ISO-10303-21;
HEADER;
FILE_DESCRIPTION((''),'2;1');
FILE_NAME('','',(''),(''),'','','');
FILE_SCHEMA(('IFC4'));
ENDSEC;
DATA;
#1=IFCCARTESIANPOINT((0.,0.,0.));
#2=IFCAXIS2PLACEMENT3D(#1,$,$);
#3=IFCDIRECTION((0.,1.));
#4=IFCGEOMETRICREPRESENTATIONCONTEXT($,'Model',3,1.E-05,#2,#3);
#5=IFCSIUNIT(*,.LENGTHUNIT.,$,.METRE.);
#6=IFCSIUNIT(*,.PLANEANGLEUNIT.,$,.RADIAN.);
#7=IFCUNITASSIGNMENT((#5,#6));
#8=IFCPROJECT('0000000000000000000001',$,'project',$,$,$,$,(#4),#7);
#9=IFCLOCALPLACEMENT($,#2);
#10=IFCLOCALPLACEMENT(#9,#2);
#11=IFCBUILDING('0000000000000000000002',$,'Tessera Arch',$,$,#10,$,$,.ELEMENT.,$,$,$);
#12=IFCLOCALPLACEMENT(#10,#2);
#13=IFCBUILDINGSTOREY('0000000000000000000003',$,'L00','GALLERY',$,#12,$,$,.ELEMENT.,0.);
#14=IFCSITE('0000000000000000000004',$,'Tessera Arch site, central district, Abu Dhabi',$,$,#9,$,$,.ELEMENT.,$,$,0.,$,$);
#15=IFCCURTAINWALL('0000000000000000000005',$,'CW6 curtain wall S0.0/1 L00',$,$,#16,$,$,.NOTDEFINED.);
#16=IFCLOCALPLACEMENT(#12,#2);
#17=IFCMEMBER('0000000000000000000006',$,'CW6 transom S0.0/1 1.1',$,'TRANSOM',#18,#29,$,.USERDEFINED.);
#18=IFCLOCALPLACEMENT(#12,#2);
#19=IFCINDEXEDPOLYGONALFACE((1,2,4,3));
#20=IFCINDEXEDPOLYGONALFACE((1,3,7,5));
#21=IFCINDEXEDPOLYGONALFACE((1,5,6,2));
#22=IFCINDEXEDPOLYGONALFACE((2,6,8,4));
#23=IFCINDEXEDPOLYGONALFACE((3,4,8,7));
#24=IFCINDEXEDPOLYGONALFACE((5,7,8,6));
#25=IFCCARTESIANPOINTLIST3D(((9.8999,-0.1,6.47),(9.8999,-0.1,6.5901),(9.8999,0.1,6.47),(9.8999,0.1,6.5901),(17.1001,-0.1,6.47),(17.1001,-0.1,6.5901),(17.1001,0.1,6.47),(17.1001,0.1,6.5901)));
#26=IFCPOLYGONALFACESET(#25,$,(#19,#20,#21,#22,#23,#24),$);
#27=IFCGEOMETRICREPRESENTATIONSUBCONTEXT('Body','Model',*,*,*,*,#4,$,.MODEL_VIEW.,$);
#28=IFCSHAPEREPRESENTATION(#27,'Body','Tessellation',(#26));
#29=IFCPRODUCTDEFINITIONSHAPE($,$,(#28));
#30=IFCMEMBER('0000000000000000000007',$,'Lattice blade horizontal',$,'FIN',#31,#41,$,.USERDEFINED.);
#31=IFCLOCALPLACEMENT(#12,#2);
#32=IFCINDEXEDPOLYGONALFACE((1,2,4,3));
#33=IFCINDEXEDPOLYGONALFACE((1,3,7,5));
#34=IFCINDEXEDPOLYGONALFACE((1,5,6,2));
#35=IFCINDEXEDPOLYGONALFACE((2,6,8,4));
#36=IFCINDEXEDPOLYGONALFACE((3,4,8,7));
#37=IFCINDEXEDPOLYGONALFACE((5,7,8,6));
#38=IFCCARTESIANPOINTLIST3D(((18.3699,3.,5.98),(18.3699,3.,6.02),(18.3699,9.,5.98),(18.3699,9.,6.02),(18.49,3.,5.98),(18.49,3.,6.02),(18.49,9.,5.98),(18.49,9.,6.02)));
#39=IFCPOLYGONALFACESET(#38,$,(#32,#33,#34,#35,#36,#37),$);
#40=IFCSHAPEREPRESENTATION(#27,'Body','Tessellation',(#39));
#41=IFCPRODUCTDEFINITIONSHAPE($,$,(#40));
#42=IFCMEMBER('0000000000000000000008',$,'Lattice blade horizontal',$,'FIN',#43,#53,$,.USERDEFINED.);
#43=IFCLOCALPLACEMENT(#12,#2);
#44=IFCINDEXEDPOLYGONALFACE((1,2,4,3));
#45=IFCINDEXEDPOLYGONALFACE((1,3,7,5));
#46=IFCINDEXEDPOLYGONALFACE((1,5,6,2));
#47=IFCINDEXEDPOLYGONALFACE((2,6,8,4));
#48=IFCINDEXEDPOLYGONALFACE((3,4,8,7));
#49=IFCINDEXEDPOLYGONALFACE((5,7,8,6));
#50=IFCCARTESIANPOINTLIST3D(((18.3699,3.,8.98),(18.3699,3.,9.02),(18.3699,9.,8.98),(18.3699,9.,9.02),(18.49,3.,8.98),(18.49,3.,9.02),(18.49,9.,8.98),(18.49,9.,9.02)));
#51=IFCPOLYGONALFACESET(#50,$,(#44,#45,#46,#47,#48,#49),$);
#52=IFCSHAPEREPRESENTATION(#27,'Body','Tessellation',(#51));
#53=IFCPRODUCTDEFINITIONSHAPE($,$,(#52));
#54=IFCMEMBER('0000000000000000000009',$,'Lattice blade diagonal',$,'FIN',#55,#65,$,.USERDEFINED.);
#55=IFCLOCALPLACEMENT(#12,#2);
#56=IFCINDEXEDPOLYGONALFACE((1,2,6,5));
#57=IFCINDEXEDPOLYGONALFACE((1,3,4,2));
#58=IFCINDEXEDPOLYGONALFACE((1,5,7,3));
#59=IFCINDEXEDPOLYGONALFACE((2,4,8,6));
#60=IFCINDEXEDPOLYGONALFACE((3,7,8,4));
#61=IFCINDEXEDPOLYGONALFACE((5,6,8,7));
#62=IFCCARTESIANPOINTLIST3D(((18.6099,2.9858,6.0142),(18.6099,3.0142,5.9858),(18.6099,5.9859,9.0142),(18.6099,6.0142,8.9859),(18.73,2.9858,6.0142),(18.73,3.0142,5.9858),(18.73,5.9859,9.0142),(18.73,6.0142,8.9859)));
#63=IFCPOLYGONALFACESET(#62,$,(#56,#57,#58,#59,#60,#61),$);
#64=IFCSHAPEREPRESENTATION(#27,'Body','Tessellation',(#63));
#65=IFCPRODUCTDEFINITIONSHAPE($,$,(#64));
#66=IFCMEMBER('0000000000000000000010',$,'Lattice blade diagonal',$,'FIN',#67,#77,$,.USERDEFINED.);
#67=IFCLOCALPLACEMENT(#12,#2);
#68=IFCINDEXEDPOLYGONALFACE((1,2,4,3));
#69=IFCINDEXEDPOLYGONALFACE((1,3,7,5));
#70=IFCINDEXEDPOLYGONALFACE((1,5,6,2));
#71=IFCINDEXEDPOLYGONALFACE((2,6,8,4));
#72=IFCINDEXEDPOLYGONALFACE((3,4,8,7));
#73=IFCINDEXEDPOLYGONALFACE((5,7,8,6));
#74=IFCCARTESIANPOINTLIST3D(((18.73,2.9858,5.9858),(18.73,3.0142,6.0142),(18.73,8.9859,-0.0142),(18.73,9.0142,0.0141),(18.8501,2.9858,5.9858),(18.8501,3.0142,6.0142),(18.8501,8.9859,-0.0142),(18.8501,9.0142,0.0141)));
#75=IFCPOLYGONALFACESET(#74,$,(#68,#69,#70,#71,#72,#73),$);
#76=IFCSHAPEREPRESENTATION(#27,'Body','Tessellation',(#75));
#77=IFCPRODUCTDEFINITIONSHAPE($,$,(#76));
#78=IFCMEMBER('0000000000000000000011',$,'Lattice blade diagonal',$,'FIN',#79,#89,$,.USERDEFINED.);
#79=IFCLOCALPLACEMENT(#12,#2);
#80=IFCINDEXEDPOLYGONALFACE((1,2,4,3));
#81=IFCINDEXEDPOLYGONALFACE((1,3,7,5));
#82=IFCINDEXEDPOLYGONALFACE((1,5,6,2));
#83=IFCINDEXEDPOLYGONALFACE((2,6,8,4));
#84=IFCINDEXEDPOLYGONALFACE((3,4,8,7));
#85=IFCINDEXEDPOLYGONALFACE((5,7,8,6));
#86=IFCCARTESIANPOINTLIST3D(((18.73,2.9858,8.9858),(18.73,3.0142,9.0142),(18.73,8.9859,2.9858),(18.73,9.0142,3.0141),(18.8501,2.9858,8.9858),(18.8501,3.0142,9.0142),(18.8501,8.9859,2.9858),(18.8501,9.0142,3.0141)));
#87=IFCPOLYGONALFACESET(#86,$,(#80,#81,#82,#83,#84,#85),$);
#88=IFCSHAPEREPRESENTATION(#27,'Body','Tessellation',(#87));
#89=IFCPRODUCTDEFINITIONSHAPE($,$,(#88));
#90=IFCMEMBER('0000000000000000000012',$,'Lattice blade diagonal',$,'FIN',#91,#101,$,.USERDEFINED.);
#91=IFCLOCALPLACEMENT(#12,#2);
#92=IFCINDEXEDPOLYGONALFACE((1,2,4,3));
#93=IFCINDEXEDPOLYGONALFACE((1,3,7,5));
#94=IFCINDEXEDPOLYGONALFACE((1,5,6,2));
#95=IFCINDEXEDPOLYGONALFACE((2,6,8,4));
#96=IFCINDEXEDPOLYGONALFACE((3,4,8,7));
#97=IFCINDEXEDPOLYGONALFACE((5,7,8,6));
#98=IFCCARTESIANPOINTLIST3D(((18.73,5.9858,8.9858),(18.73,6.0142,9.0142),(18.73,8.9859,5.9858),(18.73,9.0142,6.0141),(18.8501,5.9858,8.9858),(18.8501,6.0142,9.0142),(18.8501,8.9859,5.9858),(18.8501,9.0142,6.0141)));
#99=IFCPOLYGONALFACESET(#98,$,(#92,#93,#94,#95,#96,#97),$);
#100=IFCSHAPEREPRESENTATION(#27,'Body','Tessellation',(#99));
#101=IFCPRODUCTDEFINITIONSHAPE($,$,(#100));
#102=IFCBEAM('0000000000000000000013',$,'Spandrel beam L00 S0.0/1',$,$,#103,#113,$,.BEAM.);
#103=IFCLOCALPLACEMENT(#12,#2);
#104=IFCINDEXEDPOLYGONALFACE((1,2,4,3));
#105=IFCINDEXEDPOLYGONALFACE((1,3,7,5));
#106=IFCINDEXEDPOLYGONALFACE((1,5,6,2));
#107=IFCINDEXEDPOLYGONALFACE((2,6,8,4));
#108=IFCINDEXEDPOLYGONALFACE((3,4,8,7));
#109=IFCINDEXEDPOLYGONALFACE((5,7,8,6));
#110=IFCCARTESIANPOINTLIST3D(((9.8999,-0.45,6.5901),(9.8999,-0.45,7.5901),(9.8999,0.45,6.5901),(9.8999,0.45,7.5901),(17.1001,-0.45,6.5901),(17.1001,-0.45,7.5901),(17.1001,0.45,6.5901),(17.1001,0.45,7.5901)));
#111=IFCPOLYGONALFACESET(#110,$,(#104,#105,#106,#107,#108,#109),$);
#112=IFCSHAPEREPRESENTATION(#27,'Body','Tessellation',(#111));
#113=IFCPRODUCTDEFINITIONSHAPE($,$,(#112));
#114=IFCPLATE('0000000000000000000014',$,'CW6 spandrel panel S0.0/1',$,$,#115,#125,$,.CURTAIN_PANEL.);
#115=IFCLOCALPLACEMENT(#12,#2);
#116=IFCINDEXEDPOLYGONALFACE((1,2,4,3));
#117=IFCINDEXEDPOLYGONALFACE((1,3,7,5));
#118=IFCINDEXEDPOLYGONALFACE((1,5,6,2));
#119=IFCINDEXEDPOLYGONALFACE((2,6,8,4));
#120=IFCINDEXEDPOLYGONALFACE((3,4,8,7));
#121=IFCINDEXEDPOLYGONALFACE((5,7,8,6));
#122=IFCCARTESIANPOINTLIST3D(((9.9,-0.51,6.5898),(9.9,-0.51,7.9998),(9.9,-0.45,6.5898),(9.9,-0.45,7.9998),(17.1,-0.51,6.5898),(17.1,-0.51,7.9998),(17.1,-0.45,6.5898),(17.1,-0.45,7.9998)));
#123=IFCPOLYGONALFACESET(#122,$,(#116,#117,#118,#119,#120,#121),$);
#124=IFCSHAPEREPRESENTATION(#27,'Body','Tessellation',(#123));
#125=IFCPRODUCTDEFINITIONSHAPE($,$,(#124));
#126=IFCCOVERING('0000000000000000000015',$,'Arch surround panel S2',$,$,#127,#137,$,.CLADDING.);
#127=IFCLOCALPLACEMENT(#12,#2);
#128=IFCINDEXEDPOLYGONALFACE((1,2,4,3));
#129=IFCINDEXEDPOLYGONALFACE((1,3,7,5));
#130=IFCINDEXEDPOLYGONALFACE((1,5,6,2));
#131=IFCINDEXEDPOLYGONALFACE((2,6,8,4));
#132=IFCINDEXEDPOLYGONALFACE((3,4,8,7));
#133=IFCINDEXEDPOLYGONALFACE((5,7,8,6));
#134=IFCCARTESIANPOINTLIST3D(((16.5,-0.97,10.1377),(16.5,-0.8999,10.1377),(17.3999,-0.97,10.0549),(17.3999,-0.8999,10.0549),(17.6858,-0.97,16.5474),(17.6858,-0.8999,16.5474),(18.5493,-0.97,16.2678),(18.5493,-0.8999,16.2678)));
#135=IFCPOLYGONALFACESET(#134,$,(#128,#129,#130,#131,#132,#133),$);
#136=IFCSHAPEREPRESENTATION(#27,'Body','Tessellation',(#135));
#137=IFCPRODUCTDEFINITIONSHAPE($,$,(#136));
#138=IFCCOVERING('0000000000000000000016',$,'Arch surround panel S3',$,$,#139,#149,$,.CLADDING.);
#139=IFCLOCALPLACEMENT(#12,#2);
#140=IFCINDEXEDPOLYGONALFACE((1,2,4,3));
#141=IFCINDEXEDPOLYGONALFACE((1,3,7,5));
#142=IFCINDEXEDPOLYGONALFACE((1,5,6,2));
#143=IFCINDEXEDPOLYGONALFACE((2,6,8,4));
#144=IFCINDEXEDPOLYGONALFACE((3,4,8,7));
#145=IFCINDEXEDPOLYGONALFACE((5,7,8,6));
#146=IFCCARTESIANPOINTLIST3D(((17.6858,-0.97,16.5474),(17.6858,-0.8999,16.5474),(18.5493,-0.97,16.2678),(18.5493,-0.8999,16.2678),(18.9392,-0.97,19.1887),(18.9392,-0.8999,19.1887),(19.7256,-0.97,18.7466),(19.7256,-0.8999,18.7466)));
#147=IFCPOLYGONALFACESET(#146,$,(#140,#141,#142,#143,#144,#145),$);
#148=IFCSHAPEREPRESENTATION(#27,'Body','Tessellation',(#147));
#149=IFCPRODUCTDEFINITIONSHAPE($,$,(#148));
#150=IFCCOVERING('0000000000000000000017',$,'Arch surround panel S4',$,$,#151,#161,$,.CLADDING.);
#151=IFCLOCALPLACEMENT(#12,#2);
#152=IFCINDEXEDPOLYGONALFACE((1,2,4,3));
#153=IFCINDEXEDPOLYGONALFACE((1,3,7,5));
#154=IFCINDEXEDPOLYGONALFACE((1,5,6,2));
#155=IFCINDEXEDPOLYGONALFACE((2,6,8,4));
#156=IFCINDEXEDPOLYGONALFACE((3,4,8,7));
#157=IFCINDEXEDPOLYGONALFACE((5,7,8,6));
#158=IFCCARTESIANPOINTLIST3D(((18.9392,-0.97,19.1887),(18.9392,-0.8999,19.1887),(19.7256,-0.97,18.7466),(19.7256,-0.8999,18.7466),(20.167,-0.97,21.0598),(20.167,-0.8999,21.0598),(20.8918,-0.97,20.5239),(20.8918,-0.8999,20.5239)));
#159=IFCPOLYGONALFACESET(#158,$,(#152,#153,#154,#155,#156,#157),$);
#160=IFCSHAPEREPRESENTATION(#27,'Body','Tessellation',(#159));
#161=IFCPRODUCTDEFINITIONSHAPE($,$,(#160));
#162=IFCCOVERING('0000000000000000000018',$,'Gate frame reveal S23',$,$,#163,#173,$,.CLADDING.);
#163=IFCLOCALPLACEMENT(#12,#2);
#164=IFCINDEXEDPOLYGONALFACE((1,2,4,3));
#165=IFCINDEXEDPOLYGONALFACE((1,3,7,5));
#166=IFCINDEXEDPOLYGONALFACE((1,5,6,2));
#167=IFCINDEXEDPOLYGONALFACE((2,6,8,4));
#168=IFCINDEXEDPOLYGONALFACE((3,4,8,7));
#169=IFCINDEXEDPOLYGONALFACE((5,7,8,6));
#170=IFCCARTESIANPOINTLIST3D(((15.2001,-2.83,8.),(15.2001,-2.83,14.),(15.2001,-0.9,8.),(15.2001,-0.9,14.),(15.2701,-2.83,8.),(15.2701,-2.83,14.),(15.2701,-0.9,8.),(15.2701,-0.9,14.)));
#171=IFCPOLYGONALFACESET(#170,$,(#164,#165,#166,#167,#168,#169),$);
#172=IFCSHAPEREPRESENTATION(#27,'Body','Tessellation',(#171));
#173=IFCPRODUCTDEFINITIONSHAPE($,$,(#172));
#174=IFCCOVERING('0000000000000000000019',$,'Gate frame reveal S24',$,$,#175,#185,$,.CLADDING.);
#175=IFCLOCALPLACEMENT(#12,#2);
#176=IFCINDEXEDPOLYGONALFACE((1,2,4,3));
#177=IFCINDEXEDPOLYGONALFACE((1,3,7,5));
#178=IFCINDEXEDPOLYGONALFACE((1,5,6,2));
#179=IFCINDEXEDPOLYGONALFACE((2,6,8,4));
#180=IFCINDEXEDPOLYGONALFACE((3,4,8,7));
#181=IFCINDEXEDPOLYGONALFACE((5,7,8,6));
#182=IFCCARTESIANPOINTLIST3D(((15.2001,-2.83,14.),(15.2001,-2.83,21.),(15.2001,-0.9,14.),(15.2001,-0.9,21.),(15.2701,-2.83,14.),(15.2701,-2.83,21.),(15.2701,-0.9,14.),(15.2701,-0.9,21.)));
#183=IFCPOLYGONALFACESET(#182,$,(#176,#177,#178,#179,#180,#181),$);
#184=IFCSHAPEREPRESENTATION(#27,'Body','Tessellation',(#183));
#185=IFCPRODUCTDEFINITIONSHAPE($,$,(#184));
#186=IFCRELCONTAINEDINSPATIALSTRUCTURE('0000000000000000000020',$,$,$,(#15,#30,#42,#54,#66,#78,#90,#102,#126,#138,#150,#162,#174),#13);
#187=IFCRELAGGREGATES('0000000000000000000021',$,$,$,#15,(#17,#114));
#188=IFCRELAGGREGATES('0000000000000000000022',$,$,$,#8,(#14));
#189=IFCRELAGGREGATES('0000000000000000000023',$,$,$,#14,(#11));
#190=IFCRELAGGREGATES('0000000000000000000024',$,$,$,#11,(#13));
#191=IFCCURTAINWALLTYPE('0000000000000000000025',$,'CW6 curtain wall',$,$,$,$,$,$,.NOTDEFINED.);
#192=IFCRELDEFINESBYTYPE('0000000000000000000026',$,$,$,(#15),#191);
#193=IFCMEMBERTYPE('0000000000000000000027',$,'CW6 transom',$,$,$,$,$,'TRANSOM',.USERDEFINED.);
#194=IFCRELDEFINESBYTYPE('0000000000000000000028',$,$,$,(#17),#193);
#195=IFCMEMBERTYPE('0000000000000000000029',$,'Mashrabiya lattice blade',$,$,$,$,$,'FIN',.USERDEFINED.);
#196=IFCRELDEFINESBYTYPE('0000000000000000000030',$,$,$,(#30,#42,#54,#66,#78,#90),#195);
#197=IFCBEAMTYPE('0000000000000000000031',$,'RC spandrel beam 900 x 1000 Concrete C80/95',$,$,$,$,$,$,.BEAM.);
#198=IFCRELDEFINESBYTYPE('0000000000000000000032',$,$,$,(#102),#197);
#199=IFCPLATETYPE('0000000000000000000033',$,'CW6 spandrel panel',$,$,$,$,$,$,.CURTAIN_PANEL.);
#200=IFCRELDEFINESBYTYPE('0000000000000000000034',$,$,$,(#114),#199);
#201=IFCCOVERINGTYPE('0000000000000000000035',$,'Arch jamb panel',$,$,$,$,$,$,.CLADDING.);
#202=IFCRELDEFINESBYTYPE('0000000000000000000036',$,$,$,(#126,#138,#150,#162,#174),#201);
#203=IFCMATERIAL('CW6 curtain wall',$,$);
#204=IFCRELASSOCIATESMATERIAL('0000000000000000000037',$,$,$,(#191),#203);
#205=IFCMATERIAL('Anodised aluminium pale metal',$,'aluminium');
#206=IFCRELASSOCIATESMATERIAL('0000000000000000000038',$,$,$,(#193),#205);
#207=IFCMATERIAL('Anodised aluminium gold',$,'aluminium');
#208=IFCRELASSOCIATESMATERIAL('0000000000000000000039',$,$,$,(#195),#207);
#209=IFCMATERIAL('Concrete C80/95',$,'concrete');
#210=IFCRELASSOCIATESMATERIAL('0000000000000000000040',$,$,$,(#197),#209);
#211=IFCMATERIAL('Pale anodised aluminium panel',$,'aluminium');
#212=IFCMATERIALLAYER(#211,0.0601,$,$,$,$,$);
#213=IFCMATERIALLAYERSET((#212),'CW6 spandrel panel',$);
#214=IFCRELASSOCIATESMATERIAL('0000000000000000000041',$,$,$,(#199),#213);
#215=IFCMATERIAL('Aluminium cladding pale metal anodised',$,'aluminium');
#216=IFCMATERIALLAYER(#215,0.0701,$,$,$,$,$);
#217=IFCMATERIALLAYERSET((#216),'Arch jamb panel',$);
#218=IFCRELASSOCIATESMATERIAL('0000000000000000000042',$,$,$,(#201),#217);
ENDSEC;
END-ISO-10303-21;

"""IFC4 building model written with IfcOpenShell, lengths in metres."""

from ifc_helpers import new_model, si_unit, direction, frame, origin, origin_2d, place, context, subcontext, project, spatial, polyline, rectangle, outline, extrude, material, layer, layer_set, material_profile, profile_set, type_object, element, aggregate, save


model = new_model("IFC4")

# Units and contexts
model_context = context("Model", 3, precision=1e-05, world=origin(), true_north=direction((0.0, 1.0)))
body_context = subcontext(model_context, "Body", "Model", "MODEL_VIEW")
ifc_project = project(units=[si_unit("LENGTHUNIT", "METRE"), si_unit("PLANEANGLEUNIT", "RADIAN")], contexts=[model_context])

# Site, building, storey
site_placement = place(None, origin())
site = spatial("IfcSite", under=ifc_project, at=site_placement, Name="Tessera Arch site, central district, Abu Dhabi", CompositionType="ELEMENT", RefElevation=0.0)
building_placement = place(site_placement, origin())
building = spatial("IfcBuilding", under=site, at=building_placement, Name="Tessera Arch", CompositionType="ELEMENT")
storey_placement = place(building_placement, origin())
storey = spatial("IfcBuildingStorey", under=building, at=storey_placement, Name="L00", Description="GALLERY", CompositionType="ELEMENT", Elevation=0.0)

# Curtain wall, member
ifc_material_1 = material(Name="CW6 curtain wall")
curtain_wall_type = type_object("IfcCurtainWallType", Name="CW6 curtain wall", PredefinedType="NOTDEFINED", material=ifc_material_1)
curtain_wall_placement = place(storey_placement, origin())
curtain_wall = element("IfcCurtainWall", 1, at=curtain_wall_placement, inside=storey, type_object=curtain_wall_type, Name="CW6 curtain wall S0.0/1 L00", PredefinedType="NOTDEFINED")
ifc_material_2 = material(Name="Anodised aluminium pale metal", Category="aluminium")
ifc_material_profile_1 = material_profile(ifc_material_2, rectangle(XDim=0.2, YDim=0.1201, at=origin_2d()), Name="AL 200x120")
ifc_profile_set_1 = profile_set([ifc_material_profile_1], Name="Anodised aluminium pale metal")
member_type_1 = type_object("IfcMemberType", Name="CW6 transom", ElementType="TRANSOM", PredefinedType="USERDEFINED", material=ifc_profile_set_1)
member_1_placement = place(storey_placement, frame((9.8999, 0.0, 6.53), z_axis=(1.0, 0.0, 0.0), x_axis=(0.0, 1.0, 0.0)))
member_1 = element("IfcMember", 2, at=member_1_placement, type_object=member_type_1, Name="CW6 transom S0.0/1 1.1", ObjectType="TRANSOM", PredefinedType="USERDEFINED", context=body_context, shape_type="SweptSolid", body=[
    extrude(rectangle(XDim=0.2, YDim=0.1201, at=origin_2d()), origin(), (0.0, 0.0, 1.0), 7.2002),
])

# Members
ifc_material_3 = material(Name="Anodised aluminium gold", Category="aluminium")
ifc_material_profile_2 = material_profile(ifc_material_3, rectangle(XDim=0.1201, YDim=0.04, at=origin_2d()), Name="AL 40x120")
ifc_profile_set_2 = profile_set([ifc_material_profile_2], Name="Anodised aluminium gold")
member_type_2 = type_object("IfcMemberType", Name="Mashrabiya lattice blade", ElementType="FIN", PredefinedType="USERDEFINED", material=ifc_profile_set_2)
for number, where, z_axis, x_axis, name in (
    (3, (18.4299, 3.0, 6.0), (0.0, 1.0, 0.0), (-1.0, 0.0, 0.0), "Lattice blade horizontal"),
    (4, (18.4299, 3.0, 9.0), (0.0, 1.0, 0.0), (-1.0, 0.0, 0.0), "Lattice blade horizontal"),
):
    element("IfcMember", number, at=place(storey_placement, frame(where, z_axis=z_axis, x_axis=x_axis)), inside=storey, type_object=member_type_2, Name=name, ObjectType="FIN", PredefinedType="USERDEFINED", context=body_context, shape_type="SweptSolid", body=[
        extrude(rectangle(XDim=0.1201, YDim=0.04, at=origin_2d()), origin(), (0.0, 0.0, 1.0), 6.0),
    ])
member_2_placement = place(storey_placement, frame((18.6699, 3.0, 6.0), z_axis=(0.0, 0.707107, 0.707107), x_axis=(-1.0, 0.0, 0.0)))
element("IfcMember", 5, at=member_2_placement, inside=storey, type_object=member_type_2, Name="Lattice blade diagonal", ObjectType="FIN", PredefinedType="USERDEFINED", context=body_context, shape_type="SweptSolid", body=[
    extrude(rectangle(XDim=0.1201, YDim=0.04, at=origin_2d()), origin(), (0.0, 0.0, 1.0), 4.2427),
])
for number, where, z_axis, x_axis, name in (
    (6, (18.79, 3.0, 6.0), (0.0, 0.707107, -0.707107), (-1.0, 0.0, 0.0), "Lattice blade diagonal"),
    (7, (18.79, 3.0, 9.0), (0.0, 0.707107, -0.707107), (-1.0, 0.0, 0.0), "Lattice blade diagonal"),
):
    element("IfcMember", number, at=place(storey_placement, frame(where, z_axis=z_axis, x_axis=x_axis)), inside=storey, type_object=member_type_2, Name=name, ObjectType="FIN", PredefinedType="USERDEFINED", context=body_context, shape_type="SweptSolid", body=[
        extrude(rectangle(XDim=0.1201, YDim=0.04, at=origin_2d()), origin(), (0.0, 0.0, 1.0), 8.4854),
    ])
member_3_placement = place(storey_placement, frame((18.79, 6.0, 9.0), z_axis=(0.0, 0.707107, -0.707107), x_axis=(-1.0, 0.0, 0.0)))
element("IfcMember", 8, at=member_3_placement, inside=storey, type_object=member_type_2, Name="Lattice blade diagonal", ObjectType="FIN", PredefinedType="USERDEFINED", context=body_context, shape_type="SweptSolid", body=[
    extrude(rectangle(XDim=0.1201, YDim=0.04, at=origin_2d()), origin(), (0.0, 0.0, 1.0), 4.2427),
])

# Beam
ifc_material_4 = material(Name="Concrete C80/95", Category="concrete")
ifc_material_profile_3 = material_profile(ifc_material_4, rectangle(XDim=0.8999, YDim=1.0, at=origin_2d()), Name="RC spandrel beam 900 x 1000 Concrete C80/95")
ifc_profile_set_3 = profile_set([ifc_material_profile_3], Name="Concrete C80/95")
beam_type = type_object("IfcBeamType", Name="RC spandrel beam 900 x 1000 Concrete C80/95", PredefinedType="BEAM", material=ifc_profile_set_3)
beam_placement = place(storey_placement, frame((9.8999, 0.0, 7.0901), z_axis=(1.0, 0.0, 0.0), x_axis=(0.0, 1.0, 0.0)))
element("IfcBeam", 9, at=beam_placement, inside=storey, type_object=beam_type, Name="Spandrel beam L00 S0.0/1", PredefinedType="BEAM", context=body_context, shape_type="SweptSolid", body=[
    extrude(rectangle(XDim=0.8999, YDim=1.0, at=origin_2d()), origin(), (0.0, 0.0, 1.0), 7.2002),
])

# Plate
ifc_material_5 = material(Name="Pale anodised aluminium panel", Category="aluminium")
ifc_layer_1 = layer(ifc_material_5, 0.0601)
ifc_layer_set_1 = layer_set([ifc_layer_1], Name="CW6 spandrel panel")
plate_type = type_object("IfcPlateType", Name="CW6 spandrel panel", PredefinedType="CURTAIN_PANEL", material=ifc_layer_set_1)
plate_placement = place(storey_placement, frame((13.5, -0.48, 6.5898), z_axis=(0.0, 0.0, 1.0), x_axis=(1.0, 0.0, 0.0)))
plate = element("IfcPlate", 10, at=plate_placement, type_object=plate_type, Name="CW6 spandrel panel S0.0/1", PredefinedType="CURTAIN_PANEL", context=body_context, shape_type="SweptSolid", body=[
    extrude(rectangle(XDim=7.2, YDim=0.0601, at=origin_2d()), origin(), (0.0, 0.0, 1.0), 1.4099),
])
aggregate(curtain_wall, [member_1, plate])

# Coverings
ifc_material_6 = material(Name="Aluminium cladding pale metal anodised", Category="aluminium")
ifc_layer_2 = layer(ifc_material_6, 0.0701)
ifc_layer_set_2 = layer_set([ifc_layer_2], Name="Arch jamb panel")
covering_type = type_object("IfcCoveringType", Name="Arch jamb panel", PredefinedType="CLADDING", material=ifc_layer_set_2)
covering_1_placement = place(storey_placement, frame((16.5, -0.8999, 10.1377), z_axis=(0.0, 1.0, 0.0), x_axis=(0.181914, 0.0, 0.983315)))
element("IfcCovering", 11, at=covering_1_placement, inside=storey, type_object=covering_type, Name="Arch surround panel S2", PredefinedType="CLADDING", context=body_context, shape_type="SweptSolid", body=[
    extrude(outline(polyline([(0.0, 0.0), (6.5184, 0.0), (6.4006, 0.9), (0.0823, 0.8999), (0.0, 0.0)])), origin(), (0.0, 0.0, -1.0), 0.0701),
])
covering_2_placement = place(storey_placement, frame((17.6858, -0.8999, 16.5474), z_axis=(0.0, 1.0, 0.0), x_axis=(0.428714, 0.0, 0.90344)))
element("IfcCovering", 12, at=covering_2_placement, inside=storey, type_object=covering_type, Name="Arch surround panel S3", PredefinedType="CLADDING", context=body_context, shape_type="SweptSolid", body=[
    extrude(outline(polyline([(0.0, 0.0), (2.9237, 0.0), (2.8614, 0.9), (0.1177, 0.9), (0.0, 0.0)])), origin(), (0.0, 0.0, -1.0), 0.0701),
])
covering_3_placement = place(storey_placement, frame((18.9392, -0.8999, 19.1887), z_axis=(0.0, 1.0, 0.0), x_axis=(0.548618, 0.0, 0.836073)))
element("IfcCovering", 13, at=covering_3_placement, inside=storey, type_object=covering_type, Name="Arch surround panel S4", PredefinedType="CLADDING", context=body_context, shape_type="SweptSolid", body=[
    extrude(outline(polyline([(0.0, 0.0), (2.238, 0.0), (2.1876, 0.9), (0.0618, 0.9), (0.0, 0.0)])), origin(), (0.0, 0.0, -1.0), 0.0701),
])
covering_4_placement = place(storey_placement, frame((15.2351, -1.865, 8.0), z_axis=(0.0, 0.0, 1.0), x_axis=(1.0, 0.0, 0.0)))
element("IfcCovering", 14, at=covering_4_placement, inside=storey, type_object=covering_type, Name="Gate frame reveal S23", PredefinedType="CLADDING", context=body_context, shape_type="SweptSolid", body=[
    extrude(rectangle(XDim=0.0701, YDim=1.9299, at=origin_2d()), origin(), (0.0, 0.0, 1.0), 6.0),
])
covering_5_placement = place(storey_placement, frame((15.2351, -1.865, 14.0), z_axis=(0.0, 0.0, 1.0), x_axis=(1.0, 0.0, 0.0)))
element("IfcCovering", 15, at=covering_5_placement, inside=storey, type_object=covering_type, Name="Gate frame reveal S24", PredefinedType="CLADDING", context=body_context, shape_type="SweptSolid", body=[
    extrude(rectangle(XDim=0.0701, YDim=1.9299, at=origin_2d()), origin(), (0.0, 0.0, 1.0), 7.0),
])

save(model, "model.ifc")
